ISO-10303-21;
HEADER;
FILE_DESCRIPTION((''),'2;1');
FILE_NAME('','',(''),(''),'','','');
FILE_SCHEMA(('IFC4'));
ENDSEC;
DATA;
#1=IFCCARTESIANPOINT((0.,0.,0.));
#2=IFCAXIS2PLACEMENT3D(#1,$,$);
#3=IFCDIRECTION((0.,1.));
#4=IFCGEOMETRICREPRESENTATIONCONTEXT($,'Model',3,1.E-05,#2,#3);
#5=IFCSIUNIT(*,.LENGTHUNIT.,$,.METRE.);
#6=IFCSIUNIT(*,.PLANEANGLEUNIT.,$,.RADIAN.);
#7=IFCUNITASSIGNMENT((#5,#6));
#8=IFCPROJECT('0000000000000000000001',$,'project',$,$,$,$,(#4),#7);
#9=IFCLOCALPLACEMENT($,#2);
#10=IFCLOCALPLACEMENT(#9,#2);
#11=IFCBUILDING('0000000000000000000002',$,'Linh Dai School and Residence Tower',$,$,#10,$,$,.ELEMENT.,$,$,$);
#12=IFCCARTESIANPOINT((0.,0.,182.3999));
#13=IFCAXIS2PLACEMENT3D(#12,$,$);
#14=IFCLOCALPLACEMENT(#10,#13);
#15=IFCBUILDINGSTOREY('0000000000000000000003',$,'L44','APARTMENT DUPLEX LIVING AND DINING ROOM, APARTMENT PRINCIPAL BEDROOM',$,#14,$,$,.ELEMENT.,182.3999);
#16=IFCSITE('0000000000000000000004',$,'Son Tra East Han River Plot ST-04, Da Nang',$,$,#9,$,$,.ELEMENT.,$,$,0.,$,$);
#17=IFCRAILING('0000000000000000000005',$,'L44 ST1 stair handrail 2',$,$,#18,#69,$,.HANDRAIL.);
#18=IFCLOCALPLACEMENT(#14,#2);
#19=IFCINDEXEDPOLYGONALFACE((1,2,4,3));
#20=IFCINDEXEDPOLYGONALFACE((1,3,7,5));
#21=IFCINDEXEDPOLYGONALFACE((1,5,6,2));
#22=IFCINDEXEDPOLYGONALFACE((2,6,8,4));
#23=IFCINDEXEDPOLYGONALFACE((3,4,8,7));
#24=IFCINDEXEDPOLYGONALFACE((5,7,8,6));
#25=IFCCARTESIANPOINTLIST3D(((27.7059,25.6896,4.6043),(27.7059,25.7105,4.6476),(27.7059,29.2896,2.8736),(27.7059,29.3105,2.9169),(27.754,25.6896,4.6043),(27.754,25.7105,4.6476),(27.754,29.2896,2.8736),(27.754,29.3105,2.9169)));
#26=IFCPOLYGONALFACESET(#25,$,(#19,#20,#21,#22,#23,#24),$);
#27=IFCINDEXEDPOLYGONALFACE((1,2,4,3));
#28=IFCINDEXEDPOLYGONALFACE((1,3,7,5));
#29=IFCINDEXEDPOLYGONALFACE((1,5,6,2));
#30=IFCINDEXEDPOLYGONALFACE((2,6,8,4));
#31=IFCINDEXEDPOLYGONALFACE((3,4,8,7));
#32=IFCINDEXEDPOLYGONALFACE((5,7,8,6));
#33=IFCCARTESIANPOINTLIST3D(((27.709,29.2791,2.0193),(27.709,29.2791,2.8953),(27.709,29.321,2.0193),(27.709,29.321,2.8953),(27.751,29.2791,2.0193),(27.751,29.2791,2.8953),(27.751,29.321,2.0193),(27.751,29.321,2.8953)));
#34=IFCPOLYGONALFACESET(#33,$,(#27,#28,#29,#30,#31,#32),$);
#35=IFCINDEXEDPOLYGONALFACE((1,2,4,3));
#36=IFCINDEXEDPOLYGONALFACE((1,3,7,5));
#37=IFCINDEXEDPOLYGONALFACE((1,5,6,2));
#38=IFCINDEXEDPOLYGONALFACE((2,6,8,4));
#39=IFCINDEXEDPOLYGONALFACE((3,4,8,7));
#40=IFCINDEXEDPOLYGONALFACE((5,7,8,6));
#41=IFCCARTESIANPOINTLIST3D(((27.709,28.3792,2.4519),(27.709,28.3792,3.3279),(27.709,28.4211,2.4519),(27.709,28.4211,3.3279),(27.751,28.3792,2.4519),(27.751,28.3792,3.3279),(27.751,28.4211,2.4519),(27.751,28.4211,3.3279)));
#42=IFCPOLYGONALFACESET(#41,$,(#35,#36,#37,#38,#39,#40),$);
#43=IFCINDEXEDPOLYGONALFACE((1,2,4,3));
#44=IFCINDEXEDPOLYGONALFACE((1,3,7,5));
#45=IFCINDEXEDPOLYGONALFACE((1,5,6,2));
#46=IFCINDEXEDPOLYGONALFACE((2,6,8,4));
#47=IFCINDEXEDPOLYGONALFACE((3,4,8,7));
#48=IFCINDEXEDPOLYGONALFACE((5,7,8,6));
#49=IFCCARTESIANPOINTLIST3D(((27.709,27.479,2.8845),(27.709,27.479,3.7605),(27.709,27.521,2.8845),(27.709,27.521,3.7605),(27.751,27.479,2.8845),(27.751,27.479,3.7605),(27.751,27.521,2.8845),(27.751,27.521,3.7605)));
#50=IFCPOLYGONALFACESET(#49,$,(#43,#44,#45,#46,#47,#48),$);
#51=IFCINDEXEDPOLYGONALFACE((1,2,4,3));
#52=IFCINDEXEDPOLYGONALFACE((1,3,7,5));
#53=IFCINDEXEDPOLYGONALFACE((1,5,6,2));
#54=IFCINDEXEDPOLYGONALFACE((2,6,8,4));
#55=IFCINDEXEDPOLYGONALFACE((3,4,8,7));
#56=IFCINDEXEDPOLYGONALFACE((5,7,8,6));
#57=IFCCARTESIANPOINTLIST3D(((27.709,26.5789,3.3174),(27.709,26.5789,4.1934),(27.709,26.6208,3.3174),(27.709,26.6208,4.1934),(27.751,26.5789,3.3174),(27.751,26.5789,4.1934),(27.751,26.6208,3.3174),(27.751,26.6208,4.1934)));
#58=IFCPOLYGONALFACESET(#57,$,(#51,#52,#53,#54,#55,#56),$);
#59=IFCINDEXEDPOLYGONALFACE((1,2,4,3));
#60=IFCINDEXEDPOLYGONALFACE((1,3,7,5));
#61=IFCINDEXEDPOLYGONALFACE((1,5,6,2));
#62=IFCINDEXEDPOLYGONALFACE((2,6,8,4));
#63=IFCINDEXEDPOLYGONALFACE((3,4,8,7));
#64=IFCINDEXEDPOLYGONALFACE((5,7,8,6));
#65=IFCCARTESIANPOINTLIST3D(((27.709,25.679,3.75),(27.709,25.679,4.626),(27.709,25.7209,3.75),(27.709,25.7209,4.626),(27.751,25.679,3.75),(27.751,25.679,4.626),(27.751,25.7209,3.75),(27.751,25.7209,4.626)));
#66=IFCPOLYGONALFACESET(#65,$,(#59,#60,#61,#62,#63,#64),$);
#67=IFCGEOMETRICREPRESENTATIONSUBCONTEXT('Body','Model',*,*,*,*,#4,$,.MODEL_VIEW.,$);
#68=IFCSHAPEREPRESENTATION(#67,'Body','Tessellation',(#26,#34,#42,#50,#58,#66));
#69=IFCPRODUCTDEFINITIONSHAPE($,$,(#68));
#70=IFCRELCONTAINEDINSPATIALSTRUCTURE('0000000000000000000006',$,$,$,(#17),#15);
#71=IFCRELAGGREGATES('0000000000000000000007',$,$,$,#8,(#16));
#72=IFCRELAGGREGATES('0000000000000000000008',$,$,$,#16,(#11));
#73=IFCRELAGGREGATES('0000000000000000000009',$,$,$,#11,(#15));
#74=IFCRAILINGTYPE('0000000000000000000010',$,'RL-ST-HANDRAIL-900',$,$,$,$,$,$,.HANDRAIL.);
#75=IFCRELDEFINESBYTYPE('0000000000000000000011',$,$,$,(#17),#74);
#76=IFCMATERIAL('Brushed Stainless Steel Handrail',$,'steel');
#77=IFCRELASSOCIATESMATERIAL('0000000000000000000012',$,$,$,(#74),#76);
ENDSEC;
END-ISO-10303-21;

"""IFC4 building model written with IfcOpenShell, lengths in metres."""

from ifc_helpers import new_model, si_unit, direction, frame, origin, origin_2d, place, context, subcontext, project, spatial, rectangle, extrude, source, transform, mapped, material, type_object, element, save


model = new_model("IFC4")

# Units and contexts
model_context = context("Model", 3, precision=1e-05, world=origin(), true_north=direction((0.0, 1.0)))
body_context = subcontext(model_context, "Body", "Model", "MODEL_VIEW")
ifc_project = project(units=[si_unit("LENGTHUNIT", "METRE"), si_unit("PLANEANGLEUNIT", "RADIAN")], contexts=[model_context])

# Site, building, storey
site_placement = place(None, origin())
site = spatial("IfcSite", under=ifc_project, at=site_placement, Name="Son Tra East Han River Plot ST-04, Da Nang", CompositionType="ELEMENT", RefElevation=0.0)
building_placement = place(site_placement, origin())
building = spatial("IfcBuilding", under=site, at=building_placement, Name="Linh Dai School and Residence Tower", CompositionType="ELEMENT")
storey_placement = place(building_placement, frame((0.0, 0.0, 182.3999)))
storey = spatial("IfcBuildingStorey", under=building, at=storey_placement, Name="L44", Description="APARTMENT DUPLEX LIVING AND DINING ROOM, APARTMENT PRINCIPAL BEDROOM", CompositionType="ELEMENT", Elevation=182.3999)

# Railing
ifc_material_1 = material(Name="Brushed Stainless Steel Handrail", Category="steel")
railing_type_1 = type_object("IfcRailingType", Name="RL-ST-HANDRAIL-900", PredefinedType="HANDRAIL", material=ifc_material_1)
shared_shape_1 = source(origin(), body_context, "Body", "SweptSolid", [
    extrude(rectangle(XDim=0.0481, YDim=0.0481, at=origin_2d()), frame((0.0, 0.0, 0.876), z_axis=(0.0, -0.901263, 0.433273), x_axis=(1.0, 0.0, 0.0)), (0.0, 0.0, 1.0), 3.9944),
    extrude(rectangle(XDim=0.042, YDim=0.042, at=origin_2d()), origin(), (0.0, 0.0, 1.0), 0.876),
    extrude(rectangle(XDim=0.042, YDim=0.042, at=origin_2d()), frame((0.0, -0.8999, 0.4326)), (0.0, 0.0, 1.0), 0.876),
    extrude(rectangle(XDim=0.042, YDim=0.042, at=origin_2d()), frame((0.0, -1.8, 0.8652)), (0.0, 0.0, 1.0), 0.876),
    extrude(rectangle(XDim=0.042, YDim=0.042, at=origin_2d()), frame((0.0, -2.7002, 1.2981)), (0.0, 0.0, 1.0), 0.876),
    extrude(rectangle(XDim=0.042, YDim=0.042, at=origin_2d()), frame((0.0, -3.6001, 1.7307)), (0.0, 0.0, 1.0), 0.876),
])
railing_1_placement = place(storey_placement, frame((27.73, 29.3, 2.0193)))
element("IfcRailing", 1, at=railing_1_placement, inside=storey, type_object=railing_type_1, Name="L44 ST1 stair handrail 2", PredefinedType="HANDRAIL", context=body_context, shape_type="MappedRepresentation", body=[
    mapped(shared_shape_1, transform((0.0, 0.0, 0.0), x_axis=(1.0, 0.0, 0.0), y_axis=(0.0, 1.0, 0.0), z_axis=(0.0, 0.0, 1.0), scale=1.0)),
])

save(model, "model.ifc")
